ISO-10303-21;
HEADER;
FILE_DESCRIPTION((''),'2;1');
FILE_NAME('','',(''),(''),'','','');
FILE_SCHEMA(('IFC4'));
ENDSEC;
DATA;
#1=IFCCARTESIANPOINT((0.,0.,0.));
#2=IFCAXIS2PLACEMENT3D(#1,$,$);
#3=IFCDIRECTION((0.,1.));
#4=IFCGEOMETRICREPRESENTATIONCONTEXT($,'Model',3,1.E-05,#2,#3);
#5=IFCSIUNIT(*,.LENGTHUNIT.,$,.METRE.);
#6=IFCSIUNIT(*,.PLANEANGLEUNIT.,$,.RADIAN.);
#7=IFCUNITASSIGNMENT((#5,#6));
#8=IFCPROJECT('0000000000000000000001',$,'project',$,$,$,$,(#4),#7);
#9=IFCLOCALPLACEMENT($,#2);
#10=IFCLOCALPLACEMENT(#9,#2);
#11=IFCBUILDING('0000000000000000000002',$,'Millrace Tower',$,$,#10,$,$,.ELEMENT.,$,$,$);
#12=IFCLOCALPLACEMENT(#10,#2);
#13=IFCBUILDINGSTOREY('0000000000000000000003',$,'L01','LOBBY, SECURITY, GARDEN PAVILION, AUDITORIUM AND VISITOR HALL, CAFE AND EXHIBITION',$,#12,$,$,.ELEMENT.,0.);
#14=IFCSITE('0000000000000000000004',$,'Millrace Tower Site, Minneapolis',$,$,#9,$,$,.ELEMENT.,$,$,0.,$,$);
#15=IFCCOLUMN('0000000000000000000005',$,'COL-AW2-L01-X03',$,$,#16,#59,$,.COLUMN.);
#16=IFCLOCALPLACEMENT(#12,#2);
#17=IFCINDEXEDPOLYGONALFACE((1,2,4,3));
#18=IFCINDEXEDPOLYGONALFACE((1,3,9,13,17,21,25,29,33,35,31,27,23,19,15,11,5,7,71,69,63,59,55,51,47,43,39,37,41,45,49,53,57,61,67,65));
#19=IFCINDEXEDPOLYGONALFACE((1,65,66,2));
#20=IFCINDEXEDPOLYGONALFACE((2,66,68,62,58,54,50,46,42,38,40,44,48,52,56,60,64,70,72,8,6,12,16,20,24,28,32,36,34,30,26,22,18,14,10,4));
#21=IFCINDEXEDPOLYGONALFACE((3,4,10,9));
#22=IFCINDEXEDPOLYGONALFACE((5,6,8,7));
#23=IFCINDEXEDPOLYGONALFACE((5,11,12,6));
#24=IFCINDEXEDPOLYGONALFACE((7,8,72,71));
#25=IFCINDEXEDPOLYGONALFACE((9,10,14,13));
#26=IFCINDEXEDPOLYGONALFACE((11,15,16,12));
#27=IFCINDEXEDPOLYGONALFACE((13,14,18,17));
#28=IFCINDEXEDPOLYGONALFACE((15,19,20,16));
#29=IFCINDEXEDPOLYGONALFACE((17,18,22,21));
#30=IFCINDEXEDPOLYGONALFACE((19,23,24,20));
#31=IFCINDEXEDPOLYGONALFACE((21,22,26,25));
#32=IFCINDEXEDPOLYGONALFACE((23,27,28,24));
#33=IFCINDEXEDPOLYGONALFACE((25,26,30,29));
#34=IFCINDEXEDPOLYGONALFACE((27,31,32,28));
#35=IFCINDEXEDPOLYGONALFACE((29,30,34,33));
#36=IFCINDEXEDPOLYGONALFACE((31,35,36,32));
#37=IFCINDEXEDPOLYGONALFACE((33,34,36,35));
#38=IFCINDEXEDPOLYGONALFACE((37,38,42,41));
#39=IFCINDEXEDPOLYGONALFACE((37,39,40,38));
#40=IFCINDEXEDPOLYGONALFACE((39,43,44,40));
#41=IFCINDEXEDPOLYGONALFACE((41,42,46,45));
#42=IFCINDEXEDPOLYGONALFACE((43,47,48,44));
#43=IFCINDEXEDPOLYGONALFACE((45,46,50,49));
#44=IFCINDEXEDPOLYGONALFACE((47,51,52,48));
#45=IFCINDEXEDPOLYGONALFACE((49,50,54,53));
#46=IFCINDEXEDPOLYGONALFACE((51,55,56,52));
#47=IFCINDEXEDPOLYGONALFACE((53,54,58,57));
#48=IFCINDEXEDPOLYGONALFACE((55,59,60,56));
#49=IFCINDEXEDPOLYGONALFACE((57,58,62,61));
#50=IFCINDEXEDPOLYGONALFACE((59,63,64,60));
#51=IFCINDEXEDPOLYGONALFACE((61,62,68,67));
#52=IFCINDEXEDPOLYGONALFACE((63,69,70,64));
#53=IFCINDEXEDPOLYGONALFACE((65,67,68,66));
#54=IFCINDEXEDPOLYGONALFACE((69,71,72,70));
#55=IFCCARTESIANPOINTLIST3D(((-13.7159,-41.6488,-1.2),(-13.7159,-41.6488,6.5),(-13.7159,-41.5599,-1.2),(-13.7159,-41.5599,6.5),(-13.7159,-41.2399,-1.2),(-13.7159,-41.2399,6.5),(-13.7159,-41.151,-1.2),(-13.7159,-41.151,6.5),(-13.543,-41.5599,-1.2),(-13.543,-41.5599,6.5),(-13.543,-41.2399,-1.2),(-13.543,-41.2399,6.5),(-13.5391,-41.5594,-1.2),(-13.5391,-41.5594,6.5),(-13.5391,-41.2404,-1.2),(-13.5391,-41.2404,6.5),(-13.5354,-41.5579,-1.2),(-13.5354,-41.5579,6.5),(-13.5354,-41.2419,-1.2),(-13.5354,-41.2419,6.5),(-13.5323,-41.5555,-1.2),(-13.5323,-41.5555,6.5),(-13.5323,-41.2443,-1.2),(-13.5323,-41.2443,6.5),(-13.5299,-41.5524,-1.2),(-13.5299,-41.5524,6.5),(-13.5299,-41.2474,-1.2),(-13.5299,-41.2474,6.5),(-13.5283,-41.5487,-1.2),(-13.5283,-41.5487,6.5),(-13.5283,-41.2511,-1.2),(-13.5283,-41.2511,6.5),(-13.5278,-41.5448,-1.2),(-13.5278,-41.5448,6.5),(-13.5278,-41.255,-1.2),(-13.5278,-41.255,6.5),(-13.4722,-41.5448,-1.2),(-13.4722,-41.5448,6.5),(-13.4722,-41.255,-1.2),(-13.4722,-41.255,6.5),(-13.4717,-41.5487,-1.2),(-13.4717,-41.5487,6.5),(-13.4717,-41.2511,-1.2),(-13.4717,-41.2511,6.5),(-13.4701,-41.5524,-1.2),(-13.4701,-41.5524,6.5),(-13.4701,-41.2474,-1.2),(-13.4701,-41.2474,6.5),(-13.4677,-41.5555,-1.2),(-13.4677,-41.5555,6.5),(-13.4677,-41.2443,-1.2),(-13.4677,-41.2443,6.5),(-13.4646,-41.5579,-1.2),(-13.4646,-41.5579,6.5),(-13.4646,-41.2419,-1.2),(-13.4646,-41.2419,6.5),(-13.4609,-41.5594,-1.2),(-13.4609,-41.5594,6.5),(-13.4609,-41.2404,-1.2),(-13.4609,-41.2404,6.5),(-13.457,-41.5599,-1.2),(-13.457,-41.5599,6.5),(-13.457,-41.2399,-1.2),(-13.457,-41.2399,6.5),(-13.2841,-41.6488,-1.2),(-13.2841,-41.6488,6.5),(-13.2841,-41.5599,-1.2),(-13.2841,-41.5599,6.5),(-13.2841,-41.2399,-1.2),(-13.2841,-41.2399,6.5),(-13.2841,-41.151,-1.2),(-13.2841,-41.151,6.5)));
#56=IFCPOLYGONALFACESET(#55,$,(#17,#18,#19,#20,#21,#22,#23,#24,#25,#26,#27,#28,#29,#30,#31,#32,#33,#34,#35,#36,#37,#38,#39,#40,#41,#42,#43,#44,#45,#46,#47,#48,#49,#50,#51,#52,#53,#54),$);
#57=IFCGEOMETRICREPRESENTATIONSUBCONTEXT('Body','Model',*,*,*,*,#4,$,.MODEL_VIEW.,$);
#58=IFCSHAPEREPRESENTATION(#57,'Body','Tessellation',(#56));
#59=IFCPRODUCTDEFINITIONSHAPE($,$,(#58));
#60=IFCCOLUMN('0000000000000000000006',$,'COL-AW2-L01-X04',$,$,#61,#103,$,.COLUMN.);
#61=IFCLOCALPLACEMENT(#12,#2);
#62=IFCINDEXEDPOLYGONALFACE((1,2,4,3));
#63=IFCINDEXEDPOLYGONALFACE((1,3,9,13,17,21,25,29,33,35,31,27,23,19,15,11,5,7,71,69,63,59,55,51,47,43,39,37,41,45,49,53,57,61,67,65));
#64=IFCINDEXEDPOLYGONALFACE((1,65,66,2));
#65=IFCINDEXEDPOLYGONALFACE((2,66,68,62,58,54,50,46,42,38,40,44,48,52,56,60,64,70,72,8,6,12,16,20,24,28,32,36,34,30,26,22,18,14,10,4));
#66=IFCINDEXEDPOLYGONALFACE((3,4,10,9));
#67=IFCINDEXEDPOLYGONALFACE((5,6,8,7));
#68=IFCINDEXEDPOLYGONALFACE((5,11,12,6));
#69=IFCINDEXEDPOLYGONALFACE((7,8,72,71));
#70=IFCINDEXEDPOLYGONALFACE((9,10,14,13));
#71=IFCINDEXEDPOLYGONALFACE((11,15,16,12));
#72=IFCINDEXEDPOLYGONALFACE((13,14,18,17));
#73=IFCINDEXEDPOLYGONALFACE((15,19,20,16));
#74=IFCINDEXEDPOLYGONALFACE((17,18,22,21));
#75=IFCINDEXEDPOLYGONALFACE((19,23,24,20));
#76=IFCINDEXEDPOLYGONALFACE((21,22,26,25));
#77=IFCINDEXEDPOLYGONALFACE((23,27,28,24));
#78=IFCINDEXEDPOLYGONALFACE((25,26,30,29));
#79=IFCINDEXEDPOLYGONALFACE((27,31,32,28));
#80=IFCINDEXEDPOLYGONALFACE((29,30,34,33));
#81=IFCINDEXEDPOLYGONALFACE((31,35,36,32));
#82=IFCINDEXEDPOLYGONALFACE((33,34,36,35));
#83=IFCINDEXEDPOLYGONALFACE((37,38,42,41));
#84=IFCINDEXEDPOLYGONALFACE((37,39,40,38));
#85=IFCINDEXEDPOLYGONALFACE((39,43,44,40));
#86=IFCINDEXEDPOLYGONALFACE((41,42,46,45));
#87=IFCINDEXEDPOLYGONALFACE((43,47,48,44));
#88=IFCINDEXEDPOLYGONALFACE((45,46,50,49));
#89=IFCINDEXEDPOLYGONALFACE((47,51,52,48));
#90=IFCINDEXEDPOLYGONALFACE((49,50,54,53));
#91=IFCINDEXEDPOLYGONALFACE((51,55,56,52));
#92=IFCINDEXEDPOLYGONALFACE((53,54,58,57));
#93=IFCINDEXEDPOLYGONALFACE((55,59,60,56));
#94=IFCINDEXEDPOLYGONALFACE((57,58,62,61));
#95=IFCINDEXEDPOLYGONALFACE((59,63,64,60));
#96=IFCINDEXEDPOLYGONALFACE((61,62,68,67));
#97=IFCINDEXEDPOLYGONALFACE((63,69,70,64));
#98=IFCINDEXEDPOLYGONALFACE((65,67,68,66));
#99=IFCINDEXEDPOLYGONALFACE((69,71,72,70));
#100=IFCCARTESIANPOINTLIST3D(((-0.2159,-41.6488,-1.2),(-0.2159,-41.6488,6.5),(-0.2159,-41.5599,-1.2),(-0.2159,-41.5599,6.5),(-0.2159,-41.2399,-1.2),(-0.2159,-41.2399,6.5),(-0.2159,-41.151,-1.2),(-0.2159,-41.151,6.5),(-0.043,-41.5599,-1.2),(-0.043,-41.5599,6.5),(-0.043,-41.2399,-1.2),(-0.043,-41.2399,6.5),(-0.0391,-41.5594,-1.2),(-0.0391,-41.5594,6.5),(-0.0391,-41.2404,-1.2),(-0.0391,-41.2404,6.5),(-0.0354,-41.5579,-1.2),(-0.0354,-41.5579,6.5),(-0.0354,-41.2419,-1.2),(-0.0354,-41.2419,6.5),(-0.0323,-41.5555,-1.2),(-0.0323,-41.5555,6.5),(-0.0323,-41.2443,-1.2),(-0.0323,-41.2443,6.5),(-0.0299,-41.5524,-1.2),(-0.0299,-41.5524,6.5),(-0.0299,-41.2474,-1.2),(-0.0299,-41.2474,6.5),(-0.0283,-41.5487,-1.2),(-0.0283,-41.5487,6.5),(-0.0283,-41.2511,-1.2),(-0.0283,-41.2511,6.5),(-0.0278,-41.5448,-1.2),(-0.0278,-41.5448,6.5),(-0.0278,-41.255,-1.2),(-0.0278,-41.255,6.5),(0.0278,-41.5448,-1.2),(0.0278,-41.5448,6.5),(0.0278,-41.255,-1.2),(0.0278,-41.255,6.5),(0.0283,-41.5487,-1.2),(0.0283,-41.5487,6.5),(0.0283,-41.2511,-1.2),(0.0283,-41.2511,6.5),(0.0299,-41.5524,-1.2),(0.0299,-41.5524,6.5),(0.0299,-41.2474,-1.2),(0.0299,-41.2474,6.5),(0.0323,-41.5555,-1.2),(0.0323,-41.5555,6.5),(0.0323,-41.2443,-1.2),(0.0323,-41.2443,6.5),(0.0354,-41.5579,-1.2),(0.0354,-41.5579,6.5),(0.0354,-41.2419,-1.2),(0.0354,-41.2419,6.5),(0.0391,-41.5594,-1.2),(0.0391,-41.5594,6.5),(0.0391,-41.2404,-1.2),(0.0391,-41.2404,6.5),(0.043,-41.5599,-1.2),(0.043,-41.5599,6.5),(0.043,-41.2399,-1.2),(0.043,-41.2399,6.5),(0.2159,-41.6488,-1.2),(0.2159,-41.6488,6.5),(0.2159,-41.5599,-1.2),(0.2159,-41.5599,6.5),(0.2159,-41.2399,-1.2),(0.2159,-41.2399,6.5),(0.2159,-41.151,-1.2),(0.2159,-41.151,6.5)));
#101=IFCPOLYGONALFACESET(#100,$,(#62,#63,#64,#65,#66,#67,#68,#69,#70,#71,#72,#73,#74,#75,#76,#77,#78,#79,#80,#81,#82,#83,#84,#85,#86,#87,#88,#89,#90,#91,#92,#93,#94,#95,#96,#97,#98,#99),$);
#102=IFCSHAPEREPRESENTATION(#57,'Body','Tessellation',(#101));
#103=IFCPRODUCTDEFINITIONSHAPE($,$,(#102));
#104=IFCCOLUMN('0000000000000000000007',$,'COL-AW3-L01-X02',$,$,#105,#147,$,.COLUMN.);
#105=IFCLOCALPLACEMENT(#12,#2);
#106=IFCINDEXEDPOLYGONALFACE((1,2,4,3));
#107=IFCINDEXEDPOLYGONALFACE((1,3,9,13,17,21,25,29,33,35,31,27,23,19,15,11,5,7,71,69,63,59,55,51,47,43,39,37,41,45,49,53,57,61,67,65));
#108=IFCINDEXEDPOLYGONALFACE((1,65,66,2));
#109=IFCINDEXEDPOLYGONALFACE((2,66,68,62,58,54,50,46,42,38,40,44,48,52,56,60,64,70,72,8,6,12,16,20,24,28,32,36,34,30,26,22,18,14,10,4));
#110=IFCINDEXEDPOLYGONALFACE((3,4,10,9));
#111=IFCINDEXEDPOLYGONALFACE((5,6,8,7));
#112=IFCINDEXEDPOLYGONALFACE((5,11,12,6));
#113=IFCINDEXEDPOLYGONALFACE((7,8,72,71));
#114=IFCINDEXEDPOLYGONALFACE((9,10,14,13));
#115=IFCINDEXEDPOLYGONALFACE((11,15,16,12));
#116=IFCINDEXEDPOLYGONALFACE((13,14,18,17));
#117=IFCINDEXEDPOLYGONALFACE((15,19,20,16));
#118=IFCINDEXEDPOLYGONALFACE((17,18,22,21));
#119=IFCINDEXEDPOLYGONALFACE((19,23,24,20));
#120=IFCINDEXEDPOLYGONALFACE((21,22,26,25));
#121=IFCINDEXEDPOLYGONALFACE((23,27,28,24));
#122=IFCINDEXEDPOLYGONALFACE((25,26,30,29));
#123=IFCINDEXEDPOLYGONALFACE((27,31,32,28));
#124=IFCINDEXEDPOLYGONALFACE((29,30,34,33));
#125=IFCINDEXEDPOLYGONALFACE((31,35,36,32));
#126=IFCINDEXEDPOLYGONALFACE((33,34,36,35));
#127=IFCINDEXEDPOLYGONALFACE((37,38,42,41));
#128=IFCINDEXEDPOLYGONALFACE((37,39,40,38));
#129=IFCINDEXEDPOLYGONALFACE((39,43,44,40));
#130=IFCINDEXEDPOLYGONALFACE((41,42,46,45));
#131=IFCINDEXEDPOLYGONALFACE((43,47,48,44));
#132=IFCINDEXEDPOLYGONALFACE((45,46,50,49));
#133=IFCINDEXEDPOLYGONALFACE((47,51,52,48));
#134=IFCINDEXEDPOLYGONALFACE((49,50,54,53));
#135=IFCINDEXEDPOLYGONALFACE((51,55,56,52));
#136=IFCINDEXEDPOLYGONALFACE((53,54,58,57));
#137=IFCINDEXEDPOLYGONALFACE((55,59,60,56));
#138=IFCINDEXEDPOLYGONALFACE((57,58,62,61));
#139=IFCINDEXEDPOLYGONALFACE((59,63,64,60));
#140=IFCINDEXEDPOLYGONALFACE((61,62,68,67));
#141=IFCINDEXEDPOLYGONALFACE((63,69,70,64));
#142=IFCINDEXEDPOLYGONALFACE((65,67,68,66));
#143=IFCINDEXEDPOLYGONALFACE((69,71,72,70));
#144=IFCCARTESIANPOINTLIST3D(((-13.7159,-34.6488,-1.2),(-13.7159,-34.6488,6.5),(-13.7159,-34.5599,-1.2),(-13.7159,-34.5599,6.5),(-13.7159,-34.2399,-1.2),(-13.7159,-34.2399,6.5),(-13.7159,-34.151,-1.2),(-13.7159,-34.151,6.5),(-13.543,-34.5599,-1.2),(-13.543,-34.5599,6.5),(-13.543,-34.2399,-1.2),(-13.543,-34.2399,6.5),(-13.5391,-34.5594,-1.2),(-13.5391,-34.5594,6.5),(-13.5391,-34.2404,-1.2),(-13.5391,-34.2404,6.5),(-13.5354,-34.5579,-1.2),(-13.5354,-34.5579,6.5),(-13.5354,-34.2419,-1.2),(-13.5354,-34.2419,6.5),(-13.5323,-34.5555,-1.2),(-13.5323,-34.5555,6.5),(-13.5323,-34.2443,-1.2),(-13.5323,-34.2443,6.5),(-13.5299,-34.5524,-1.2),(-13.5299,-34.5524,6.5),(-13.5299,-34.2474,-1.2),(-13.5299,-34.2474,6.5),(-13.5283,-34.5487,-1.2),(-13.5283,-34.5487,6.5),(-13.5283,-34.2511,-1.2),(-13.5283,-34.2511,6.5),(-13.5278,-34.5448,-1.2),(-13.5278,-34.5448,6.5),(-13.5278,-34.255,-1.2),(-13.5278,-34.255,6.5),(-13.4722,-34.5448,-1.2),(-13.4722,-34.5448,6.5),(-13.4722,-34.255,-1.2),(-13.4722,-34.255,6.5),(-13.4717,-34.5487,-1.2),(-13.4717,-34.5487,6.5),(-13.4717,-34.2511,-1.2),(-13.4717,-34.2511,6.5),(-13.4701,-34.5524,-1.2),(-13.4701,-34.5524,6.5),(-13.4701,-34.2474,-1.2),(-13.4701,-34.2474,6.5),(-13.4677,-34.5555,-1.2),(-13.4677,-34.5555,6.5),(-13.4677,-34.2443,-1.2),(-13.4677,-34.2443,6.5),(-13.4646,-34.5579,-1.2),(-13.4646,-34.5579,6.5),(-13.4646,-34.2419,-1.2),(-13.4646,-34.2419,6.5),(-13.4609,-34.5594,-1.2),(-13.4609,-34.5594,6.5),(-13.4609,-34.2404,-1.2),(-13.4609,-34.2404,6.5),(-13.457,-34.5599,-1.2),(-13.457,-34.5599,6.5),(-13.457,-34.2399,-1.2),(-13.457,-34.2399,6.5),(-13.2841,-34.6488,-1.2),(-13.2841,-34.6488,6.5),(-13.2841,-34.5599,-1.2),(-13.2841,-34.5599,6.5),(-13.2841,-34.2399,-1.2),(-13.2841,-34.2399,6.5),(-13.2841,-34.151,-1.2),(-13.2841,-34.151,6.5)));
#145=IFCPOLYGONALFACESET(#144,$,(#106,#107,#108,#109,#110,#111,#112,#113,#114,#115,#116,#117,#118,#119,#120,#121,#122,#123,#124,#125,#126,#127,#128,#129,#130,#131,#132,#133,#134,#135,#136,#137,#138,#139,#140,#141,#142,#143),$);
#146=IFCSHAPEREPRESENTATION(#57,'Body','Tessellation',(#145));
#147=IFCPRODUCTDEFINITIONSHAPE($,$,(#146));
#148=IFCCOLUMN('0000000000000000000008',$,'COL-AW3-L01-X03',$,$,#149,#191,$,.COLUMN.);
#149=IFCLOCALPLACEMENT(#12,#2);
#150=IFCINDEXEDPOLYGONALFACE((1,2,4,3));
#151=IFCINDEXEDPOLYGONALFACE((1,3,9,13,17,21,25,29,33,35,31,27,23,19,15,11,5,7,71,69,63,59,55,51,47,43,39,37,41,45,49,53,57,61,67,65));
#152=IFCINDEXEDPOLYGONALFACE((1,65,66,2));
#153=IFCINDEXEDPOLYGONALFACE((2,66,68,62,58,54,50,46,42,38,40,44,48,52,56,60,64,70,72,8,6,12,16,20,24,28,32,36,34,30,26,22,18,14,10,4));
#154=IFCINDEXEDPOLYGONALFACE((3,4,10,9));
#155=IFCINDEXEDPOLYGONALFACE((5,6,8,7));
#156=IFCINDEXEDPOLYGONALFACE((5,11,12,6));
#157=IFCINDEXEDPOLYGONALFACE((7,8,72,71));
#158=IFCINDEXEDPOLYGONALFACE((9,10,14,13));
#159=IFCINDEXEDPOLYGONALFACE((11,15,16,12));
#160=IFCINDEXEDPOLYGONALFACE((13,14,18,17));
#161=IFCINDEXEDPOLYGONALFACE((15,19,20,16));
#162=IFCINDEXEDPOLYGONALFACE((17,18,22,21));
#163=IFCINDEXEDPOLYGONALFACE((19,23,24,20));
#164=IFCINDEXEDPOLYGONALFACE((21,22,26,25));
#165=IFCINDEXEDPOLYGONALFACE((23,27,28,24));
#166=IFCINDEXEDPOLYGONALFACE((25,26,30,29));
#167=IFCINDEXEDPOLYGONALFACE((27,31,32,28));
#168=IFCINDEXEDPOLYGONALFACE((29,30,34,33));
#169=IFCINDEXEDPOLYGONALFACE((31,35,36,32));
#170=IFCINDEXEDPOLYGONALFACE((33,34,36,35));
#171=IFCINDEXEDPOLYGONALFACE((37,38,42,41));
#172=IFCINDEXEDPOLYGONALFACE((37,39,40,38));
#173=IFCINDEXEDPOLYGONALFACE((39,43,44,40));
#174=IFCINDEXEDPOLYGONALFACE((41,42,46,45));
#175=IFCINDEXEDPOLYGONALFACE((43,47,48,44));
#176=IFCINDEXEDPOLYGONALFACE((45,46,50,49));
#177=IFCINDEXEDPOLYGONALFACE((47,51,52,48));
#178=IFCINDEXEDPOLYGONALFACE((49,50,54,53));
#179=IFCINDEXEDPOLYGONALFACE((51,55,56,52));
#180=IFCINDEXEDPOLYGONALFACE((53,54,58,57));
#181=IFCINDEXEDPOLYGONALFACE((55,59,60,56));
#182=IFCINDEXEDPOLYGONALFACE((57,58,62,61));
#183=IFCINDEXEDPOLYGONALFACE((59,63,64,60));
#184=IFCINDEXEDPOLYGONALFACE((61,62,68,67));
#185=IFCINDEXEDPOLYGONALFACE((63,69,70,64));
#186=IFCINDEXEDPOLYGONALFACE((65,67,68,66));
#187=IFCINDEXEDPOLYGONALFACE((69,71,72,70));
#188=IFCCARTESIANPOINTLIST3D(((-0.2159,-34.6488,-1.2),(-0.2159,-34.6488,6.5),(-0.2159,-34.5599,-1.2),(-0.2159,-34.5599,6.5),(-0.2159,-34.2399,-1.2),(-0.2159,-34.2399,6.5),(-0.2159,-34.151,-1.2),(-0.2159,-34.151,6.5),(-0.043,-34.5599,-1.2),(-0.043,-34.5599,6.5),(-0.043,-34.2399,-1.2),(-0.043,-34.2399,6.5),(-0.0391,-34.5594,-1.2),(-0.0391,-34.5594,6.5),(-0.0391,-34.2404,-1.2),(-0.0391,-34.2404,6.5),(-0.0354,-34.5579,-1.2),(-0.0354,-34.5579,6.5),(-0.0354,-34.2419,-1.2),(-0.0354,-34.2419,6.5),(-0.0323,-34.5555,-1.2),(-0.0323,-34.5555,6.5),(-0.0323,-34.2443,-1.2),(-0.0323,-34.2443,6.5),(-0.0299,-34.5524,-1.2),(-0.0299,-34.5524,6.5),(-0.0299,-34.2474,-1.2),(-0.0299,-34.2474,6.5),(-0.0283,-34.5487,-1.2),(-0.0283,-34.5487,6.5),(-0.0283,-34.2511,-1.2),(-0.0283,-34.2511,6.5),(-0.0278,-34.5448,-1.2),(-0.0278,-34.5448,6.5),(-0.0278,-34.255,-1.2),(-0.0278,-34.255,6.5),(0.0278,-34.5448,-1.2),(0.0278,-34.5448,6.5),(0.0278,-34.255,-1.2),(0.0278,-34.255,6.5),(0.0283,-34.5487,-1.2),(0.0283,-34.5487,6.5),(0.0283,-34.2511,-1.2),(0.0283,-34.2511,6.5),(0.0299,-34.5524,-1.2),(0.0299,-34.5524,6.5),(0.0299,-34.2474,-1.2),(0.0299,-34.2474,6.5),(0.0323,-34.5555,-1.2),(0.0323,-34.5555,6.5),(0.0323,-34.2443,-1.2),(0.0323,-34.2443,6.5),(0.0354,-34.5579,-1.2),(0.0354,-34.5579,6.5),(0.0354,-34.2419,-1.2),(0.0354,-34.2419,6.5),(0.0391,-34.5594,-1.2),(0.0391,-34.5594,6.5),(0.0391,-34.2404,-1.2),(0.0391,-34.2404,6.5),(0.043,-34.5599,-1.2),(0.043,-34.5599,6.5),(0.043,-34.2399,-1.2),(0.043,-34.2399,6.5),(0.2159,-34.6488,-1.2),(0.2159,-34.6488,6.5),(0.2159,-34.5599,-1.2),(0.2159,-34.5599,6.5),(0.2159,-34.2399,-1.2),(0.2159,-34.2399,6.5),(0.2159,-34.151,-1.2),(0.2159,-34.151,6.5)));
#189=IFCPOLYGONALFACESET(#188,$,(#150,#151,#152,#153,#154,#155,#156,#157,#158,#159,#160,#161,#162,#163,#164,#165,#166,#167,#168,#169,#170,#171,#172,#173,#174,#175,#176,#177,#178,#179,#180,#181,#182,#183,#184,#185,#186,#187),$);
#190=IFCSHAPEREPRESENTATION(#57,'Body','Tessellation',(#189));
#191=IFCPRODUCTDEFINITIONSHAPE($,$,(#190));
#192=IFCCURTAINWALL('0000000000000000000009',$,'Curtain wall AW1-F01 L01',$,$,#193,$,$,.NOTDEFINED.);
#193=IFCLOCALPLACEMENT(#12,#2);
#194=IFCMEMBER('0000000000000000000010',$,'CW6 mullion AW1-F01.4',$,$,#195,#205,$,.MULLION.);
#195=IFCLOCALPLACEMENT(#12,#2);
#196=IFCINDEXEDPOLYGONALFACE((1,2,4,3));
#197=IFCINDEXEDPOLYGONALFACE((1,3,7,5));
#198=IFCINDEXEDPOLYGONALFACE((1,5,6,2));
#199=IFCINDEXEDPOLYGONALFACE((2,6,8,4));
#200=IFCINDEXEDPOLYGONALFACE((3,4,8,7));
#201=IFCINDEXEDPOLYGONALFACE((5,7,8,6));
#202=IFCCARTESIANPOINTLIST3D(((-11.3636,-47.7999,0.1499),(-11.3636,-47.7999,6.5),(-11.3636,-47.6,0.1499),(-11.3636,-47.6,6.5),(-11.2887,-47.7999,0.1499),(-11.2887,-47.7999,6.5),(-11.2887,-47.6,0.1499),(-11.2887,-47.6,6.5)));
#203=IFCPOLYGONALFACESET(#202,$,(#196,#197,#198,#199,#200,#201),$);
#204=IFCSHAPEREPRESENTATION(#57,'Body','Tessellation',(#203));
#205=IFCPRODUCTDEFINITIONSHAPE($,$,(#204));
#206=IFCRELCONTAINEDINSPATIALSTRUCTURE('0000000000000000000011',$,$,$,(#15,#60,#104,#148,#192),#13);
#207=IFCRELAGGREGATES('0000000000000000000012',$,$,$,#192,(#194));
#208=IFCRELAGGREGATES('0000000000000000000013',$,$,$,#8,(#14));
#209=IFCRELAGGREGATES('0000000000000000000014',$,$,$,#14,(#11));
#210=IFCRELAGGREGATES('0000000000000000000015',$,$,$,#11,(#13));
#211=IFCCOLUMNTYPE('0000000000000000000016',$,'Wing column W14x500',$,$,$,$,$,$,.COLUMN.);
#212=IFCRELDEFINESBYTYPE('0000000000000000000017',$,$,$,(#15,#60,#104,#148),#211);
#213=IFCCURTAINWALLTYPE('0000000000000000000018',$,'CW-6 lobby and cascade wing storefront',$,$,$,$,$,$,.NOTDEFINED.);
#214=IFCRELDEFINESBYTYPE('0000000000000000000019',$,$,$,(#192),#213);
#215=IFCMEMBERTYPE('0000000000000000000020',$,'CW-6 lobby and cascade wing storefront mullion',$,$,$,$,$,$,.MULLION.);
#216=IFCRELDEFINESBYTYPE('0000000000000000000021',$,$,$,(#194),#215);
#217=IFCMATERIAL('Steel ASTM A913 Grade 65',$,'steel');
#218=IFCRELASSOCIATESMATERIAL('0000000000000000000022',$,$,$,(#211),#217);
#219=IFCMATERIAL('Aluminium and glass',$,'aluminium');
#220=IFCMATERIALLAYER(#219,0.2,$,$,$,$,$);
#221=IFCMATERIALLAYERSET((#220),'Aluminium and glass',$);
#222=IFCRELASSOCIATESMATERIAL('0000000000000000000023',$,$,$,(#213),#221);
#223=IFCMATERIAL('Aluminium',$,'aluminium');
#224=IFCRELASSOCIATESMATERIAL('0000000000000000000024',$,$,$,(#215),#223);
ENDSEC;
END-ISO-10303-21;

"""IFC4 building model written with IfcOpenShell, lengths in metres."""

from ifc_helpers import new_model, si_unit, direction, frame, origin, origin_2d, place, context, subcontext, project, spatial, rectangle, i_section, extrude, material, layer, layer_set, material_profile, profile_set, type_object, element, aggregate, save


model = new_model("IFC4")

# Units and contexts
model_context = context("Model", 3, precision=1e-05, world=origin(), true_north=direction((0.0, 1.0)))
body_context = subcontext(model_context, "Body", "Model", "MODEL_VIEW")
ifc_project = project(units=[si_unit("LENGTHUNIT", "METRE"), si_unit("PLANEANGLEUNIT", "RADIAN")], contexts=[model_context])

# Site, building, storey
site_placement = place(None, origin())
site = spatial("IfcSite", under=ifc_project, at=site_placement, Name="Millrace Tower Site, Minneapolis", CompositionType="ELEMENT", RefElevation=0.0)
building_placement = place(site_placement, origin())
building = spatial("IfcBuilding", under=site, at=building_placement, Name="Millrace Tower", CompositionType="ELEMENT")
storey_placement = place(building_placement, origin())
storey = spatial("IfcBuildingStorey", under=building, at=storey_placement, Name="L01", Description="LOBBY, SECURITY, GARDEN PAVILION, AUDITORIUM AND VISITOR HALL, CAFE AND EXHIBITION", CompositionType="ELEMENT", Elevation=0.0)

# Columns
ifc_material_1 = material(Name="Steel ASTM A913 Grade 65", Category="steel")
ifc_material_profile_1 = material_profile(ifc_material_1, i_section(OverallWidth=0.4319, OverallDepth=0.4978, WebThickness=0.0557, FlangeThickness=0.0889, FilletRadius=0.0151, at=origin_2d()))
ifc_profile_set_1 = profile_set([ifc_material_profile_1], Name="Steel ASTM A913 Grade 65")
column_type = type_object("IfcColumnType", Name="Wing column W14x500", PredefinedType="COLUMN", material=ifc_profile_set_1)
for number, where, z_axis, x_axis, name in (
    (1, (-13.5, -41.3999, -1.2), (0.0, 0.0, 1.0), (1.0, 0.0, 0.0), "COL-AW2-L01-X03"),
    (2, (0.0, -41.3999, -1.2), (0.0, 0.0, 1.0), (1.0, 0.0, 0.0), "COL-AW2-L01-X04"),
    (3, (-13.5, -34.3999, -1.2), (0.0, 0.0, 1.0), (1.0, 0.0, 0.0), "COL-AW3-L01-X02"),
    (4, (0.0, -34.3999, -1.2), (0.0, 0.0, 1.0), (1.0, 0.0, 0.0), "COL-AW3-L01-X03"),
):
    element("IfcColumn", number, at=place(storey_placement, frame(where, z_axis=z_axis, x_axis=x_axis)), inside=storey, type_object=column_type, Name=name, PredefinedType="COLUMN", context=body_context, shape_type="SweptSolid", body=[
        extrude(i_section(OverallWidth=0.4319, OverallDepth=0.4978, WebThickness=0.0557, FlangeThickness=0.0889, FilletRadius=0.0151, at=origin_2d()), origin(), (0.0, 0.0, 1.0), 7.7),
    ])

# Curtain wall, member
ifc_material_2 = material(Name="Aluminium and glass", Category="aluminium")
ifc_layer_1 = layer(ifc_material_2, 0.2)
ifc_layer_set_1 = layer_set([ifc_layer_1], Name="Aluminium and glass")
curtain_wall_type = type_object("IfcCurtainWallType", Name="CW-6 lobby and cascade wing storefront", PredefinedType="NOTDEFINED", material=ifc_layer_set_1)
curtain_wall_placement = place(storey_placement, origin())
curtain_wall = element("IfcCurtainWall", 5, at=curtain_wall_placement, inside=storey, type_object=curtain_wall_type, Name="Curtain wall AW1-F01 L01", PredefinedType="NOTDEFINED")
ifc_material_3 = material(Name="Aluminium", Category="aluminium")
ifc_material_profile_2 = material_profile(ifc_material_3, rectangle(XDim=0.075, YDim=0.2, at=origin_2d()))
ifc_profile_set_2 = profile_set([ifc_material_profile_2], Name="Aluminium")
member_type_1 = type_object("IfcMemberType", Name="CW-6 lobby and cascade wing storefront mullion", PredefinedType="MULLION", material=ifc_profile_set_2)
member_1_placement = place(storey_placement, frame((-11.3262, -47.7, 0.1499), z_axis=(0.0, 0.0, 1.0), x_axis=(1.0, 0.0, 0.0)))
member_1 = element("IfcMember", 6, at=member_1_placement, type_object=member_type_1, Name="CW6 mullion AW1-F01.4", PredefinedType="MULLION", context=body_context, shape_type="SweptSolid", body=[
    extrude(rectangle(XDim=0.075, YDim=0.2, at=origin_2d()), origin(), (0.0, 0.0, 1.0), 6.3501),
])
aggregate(curtain_wall, [member_1])

save(model, "model.ifc")
